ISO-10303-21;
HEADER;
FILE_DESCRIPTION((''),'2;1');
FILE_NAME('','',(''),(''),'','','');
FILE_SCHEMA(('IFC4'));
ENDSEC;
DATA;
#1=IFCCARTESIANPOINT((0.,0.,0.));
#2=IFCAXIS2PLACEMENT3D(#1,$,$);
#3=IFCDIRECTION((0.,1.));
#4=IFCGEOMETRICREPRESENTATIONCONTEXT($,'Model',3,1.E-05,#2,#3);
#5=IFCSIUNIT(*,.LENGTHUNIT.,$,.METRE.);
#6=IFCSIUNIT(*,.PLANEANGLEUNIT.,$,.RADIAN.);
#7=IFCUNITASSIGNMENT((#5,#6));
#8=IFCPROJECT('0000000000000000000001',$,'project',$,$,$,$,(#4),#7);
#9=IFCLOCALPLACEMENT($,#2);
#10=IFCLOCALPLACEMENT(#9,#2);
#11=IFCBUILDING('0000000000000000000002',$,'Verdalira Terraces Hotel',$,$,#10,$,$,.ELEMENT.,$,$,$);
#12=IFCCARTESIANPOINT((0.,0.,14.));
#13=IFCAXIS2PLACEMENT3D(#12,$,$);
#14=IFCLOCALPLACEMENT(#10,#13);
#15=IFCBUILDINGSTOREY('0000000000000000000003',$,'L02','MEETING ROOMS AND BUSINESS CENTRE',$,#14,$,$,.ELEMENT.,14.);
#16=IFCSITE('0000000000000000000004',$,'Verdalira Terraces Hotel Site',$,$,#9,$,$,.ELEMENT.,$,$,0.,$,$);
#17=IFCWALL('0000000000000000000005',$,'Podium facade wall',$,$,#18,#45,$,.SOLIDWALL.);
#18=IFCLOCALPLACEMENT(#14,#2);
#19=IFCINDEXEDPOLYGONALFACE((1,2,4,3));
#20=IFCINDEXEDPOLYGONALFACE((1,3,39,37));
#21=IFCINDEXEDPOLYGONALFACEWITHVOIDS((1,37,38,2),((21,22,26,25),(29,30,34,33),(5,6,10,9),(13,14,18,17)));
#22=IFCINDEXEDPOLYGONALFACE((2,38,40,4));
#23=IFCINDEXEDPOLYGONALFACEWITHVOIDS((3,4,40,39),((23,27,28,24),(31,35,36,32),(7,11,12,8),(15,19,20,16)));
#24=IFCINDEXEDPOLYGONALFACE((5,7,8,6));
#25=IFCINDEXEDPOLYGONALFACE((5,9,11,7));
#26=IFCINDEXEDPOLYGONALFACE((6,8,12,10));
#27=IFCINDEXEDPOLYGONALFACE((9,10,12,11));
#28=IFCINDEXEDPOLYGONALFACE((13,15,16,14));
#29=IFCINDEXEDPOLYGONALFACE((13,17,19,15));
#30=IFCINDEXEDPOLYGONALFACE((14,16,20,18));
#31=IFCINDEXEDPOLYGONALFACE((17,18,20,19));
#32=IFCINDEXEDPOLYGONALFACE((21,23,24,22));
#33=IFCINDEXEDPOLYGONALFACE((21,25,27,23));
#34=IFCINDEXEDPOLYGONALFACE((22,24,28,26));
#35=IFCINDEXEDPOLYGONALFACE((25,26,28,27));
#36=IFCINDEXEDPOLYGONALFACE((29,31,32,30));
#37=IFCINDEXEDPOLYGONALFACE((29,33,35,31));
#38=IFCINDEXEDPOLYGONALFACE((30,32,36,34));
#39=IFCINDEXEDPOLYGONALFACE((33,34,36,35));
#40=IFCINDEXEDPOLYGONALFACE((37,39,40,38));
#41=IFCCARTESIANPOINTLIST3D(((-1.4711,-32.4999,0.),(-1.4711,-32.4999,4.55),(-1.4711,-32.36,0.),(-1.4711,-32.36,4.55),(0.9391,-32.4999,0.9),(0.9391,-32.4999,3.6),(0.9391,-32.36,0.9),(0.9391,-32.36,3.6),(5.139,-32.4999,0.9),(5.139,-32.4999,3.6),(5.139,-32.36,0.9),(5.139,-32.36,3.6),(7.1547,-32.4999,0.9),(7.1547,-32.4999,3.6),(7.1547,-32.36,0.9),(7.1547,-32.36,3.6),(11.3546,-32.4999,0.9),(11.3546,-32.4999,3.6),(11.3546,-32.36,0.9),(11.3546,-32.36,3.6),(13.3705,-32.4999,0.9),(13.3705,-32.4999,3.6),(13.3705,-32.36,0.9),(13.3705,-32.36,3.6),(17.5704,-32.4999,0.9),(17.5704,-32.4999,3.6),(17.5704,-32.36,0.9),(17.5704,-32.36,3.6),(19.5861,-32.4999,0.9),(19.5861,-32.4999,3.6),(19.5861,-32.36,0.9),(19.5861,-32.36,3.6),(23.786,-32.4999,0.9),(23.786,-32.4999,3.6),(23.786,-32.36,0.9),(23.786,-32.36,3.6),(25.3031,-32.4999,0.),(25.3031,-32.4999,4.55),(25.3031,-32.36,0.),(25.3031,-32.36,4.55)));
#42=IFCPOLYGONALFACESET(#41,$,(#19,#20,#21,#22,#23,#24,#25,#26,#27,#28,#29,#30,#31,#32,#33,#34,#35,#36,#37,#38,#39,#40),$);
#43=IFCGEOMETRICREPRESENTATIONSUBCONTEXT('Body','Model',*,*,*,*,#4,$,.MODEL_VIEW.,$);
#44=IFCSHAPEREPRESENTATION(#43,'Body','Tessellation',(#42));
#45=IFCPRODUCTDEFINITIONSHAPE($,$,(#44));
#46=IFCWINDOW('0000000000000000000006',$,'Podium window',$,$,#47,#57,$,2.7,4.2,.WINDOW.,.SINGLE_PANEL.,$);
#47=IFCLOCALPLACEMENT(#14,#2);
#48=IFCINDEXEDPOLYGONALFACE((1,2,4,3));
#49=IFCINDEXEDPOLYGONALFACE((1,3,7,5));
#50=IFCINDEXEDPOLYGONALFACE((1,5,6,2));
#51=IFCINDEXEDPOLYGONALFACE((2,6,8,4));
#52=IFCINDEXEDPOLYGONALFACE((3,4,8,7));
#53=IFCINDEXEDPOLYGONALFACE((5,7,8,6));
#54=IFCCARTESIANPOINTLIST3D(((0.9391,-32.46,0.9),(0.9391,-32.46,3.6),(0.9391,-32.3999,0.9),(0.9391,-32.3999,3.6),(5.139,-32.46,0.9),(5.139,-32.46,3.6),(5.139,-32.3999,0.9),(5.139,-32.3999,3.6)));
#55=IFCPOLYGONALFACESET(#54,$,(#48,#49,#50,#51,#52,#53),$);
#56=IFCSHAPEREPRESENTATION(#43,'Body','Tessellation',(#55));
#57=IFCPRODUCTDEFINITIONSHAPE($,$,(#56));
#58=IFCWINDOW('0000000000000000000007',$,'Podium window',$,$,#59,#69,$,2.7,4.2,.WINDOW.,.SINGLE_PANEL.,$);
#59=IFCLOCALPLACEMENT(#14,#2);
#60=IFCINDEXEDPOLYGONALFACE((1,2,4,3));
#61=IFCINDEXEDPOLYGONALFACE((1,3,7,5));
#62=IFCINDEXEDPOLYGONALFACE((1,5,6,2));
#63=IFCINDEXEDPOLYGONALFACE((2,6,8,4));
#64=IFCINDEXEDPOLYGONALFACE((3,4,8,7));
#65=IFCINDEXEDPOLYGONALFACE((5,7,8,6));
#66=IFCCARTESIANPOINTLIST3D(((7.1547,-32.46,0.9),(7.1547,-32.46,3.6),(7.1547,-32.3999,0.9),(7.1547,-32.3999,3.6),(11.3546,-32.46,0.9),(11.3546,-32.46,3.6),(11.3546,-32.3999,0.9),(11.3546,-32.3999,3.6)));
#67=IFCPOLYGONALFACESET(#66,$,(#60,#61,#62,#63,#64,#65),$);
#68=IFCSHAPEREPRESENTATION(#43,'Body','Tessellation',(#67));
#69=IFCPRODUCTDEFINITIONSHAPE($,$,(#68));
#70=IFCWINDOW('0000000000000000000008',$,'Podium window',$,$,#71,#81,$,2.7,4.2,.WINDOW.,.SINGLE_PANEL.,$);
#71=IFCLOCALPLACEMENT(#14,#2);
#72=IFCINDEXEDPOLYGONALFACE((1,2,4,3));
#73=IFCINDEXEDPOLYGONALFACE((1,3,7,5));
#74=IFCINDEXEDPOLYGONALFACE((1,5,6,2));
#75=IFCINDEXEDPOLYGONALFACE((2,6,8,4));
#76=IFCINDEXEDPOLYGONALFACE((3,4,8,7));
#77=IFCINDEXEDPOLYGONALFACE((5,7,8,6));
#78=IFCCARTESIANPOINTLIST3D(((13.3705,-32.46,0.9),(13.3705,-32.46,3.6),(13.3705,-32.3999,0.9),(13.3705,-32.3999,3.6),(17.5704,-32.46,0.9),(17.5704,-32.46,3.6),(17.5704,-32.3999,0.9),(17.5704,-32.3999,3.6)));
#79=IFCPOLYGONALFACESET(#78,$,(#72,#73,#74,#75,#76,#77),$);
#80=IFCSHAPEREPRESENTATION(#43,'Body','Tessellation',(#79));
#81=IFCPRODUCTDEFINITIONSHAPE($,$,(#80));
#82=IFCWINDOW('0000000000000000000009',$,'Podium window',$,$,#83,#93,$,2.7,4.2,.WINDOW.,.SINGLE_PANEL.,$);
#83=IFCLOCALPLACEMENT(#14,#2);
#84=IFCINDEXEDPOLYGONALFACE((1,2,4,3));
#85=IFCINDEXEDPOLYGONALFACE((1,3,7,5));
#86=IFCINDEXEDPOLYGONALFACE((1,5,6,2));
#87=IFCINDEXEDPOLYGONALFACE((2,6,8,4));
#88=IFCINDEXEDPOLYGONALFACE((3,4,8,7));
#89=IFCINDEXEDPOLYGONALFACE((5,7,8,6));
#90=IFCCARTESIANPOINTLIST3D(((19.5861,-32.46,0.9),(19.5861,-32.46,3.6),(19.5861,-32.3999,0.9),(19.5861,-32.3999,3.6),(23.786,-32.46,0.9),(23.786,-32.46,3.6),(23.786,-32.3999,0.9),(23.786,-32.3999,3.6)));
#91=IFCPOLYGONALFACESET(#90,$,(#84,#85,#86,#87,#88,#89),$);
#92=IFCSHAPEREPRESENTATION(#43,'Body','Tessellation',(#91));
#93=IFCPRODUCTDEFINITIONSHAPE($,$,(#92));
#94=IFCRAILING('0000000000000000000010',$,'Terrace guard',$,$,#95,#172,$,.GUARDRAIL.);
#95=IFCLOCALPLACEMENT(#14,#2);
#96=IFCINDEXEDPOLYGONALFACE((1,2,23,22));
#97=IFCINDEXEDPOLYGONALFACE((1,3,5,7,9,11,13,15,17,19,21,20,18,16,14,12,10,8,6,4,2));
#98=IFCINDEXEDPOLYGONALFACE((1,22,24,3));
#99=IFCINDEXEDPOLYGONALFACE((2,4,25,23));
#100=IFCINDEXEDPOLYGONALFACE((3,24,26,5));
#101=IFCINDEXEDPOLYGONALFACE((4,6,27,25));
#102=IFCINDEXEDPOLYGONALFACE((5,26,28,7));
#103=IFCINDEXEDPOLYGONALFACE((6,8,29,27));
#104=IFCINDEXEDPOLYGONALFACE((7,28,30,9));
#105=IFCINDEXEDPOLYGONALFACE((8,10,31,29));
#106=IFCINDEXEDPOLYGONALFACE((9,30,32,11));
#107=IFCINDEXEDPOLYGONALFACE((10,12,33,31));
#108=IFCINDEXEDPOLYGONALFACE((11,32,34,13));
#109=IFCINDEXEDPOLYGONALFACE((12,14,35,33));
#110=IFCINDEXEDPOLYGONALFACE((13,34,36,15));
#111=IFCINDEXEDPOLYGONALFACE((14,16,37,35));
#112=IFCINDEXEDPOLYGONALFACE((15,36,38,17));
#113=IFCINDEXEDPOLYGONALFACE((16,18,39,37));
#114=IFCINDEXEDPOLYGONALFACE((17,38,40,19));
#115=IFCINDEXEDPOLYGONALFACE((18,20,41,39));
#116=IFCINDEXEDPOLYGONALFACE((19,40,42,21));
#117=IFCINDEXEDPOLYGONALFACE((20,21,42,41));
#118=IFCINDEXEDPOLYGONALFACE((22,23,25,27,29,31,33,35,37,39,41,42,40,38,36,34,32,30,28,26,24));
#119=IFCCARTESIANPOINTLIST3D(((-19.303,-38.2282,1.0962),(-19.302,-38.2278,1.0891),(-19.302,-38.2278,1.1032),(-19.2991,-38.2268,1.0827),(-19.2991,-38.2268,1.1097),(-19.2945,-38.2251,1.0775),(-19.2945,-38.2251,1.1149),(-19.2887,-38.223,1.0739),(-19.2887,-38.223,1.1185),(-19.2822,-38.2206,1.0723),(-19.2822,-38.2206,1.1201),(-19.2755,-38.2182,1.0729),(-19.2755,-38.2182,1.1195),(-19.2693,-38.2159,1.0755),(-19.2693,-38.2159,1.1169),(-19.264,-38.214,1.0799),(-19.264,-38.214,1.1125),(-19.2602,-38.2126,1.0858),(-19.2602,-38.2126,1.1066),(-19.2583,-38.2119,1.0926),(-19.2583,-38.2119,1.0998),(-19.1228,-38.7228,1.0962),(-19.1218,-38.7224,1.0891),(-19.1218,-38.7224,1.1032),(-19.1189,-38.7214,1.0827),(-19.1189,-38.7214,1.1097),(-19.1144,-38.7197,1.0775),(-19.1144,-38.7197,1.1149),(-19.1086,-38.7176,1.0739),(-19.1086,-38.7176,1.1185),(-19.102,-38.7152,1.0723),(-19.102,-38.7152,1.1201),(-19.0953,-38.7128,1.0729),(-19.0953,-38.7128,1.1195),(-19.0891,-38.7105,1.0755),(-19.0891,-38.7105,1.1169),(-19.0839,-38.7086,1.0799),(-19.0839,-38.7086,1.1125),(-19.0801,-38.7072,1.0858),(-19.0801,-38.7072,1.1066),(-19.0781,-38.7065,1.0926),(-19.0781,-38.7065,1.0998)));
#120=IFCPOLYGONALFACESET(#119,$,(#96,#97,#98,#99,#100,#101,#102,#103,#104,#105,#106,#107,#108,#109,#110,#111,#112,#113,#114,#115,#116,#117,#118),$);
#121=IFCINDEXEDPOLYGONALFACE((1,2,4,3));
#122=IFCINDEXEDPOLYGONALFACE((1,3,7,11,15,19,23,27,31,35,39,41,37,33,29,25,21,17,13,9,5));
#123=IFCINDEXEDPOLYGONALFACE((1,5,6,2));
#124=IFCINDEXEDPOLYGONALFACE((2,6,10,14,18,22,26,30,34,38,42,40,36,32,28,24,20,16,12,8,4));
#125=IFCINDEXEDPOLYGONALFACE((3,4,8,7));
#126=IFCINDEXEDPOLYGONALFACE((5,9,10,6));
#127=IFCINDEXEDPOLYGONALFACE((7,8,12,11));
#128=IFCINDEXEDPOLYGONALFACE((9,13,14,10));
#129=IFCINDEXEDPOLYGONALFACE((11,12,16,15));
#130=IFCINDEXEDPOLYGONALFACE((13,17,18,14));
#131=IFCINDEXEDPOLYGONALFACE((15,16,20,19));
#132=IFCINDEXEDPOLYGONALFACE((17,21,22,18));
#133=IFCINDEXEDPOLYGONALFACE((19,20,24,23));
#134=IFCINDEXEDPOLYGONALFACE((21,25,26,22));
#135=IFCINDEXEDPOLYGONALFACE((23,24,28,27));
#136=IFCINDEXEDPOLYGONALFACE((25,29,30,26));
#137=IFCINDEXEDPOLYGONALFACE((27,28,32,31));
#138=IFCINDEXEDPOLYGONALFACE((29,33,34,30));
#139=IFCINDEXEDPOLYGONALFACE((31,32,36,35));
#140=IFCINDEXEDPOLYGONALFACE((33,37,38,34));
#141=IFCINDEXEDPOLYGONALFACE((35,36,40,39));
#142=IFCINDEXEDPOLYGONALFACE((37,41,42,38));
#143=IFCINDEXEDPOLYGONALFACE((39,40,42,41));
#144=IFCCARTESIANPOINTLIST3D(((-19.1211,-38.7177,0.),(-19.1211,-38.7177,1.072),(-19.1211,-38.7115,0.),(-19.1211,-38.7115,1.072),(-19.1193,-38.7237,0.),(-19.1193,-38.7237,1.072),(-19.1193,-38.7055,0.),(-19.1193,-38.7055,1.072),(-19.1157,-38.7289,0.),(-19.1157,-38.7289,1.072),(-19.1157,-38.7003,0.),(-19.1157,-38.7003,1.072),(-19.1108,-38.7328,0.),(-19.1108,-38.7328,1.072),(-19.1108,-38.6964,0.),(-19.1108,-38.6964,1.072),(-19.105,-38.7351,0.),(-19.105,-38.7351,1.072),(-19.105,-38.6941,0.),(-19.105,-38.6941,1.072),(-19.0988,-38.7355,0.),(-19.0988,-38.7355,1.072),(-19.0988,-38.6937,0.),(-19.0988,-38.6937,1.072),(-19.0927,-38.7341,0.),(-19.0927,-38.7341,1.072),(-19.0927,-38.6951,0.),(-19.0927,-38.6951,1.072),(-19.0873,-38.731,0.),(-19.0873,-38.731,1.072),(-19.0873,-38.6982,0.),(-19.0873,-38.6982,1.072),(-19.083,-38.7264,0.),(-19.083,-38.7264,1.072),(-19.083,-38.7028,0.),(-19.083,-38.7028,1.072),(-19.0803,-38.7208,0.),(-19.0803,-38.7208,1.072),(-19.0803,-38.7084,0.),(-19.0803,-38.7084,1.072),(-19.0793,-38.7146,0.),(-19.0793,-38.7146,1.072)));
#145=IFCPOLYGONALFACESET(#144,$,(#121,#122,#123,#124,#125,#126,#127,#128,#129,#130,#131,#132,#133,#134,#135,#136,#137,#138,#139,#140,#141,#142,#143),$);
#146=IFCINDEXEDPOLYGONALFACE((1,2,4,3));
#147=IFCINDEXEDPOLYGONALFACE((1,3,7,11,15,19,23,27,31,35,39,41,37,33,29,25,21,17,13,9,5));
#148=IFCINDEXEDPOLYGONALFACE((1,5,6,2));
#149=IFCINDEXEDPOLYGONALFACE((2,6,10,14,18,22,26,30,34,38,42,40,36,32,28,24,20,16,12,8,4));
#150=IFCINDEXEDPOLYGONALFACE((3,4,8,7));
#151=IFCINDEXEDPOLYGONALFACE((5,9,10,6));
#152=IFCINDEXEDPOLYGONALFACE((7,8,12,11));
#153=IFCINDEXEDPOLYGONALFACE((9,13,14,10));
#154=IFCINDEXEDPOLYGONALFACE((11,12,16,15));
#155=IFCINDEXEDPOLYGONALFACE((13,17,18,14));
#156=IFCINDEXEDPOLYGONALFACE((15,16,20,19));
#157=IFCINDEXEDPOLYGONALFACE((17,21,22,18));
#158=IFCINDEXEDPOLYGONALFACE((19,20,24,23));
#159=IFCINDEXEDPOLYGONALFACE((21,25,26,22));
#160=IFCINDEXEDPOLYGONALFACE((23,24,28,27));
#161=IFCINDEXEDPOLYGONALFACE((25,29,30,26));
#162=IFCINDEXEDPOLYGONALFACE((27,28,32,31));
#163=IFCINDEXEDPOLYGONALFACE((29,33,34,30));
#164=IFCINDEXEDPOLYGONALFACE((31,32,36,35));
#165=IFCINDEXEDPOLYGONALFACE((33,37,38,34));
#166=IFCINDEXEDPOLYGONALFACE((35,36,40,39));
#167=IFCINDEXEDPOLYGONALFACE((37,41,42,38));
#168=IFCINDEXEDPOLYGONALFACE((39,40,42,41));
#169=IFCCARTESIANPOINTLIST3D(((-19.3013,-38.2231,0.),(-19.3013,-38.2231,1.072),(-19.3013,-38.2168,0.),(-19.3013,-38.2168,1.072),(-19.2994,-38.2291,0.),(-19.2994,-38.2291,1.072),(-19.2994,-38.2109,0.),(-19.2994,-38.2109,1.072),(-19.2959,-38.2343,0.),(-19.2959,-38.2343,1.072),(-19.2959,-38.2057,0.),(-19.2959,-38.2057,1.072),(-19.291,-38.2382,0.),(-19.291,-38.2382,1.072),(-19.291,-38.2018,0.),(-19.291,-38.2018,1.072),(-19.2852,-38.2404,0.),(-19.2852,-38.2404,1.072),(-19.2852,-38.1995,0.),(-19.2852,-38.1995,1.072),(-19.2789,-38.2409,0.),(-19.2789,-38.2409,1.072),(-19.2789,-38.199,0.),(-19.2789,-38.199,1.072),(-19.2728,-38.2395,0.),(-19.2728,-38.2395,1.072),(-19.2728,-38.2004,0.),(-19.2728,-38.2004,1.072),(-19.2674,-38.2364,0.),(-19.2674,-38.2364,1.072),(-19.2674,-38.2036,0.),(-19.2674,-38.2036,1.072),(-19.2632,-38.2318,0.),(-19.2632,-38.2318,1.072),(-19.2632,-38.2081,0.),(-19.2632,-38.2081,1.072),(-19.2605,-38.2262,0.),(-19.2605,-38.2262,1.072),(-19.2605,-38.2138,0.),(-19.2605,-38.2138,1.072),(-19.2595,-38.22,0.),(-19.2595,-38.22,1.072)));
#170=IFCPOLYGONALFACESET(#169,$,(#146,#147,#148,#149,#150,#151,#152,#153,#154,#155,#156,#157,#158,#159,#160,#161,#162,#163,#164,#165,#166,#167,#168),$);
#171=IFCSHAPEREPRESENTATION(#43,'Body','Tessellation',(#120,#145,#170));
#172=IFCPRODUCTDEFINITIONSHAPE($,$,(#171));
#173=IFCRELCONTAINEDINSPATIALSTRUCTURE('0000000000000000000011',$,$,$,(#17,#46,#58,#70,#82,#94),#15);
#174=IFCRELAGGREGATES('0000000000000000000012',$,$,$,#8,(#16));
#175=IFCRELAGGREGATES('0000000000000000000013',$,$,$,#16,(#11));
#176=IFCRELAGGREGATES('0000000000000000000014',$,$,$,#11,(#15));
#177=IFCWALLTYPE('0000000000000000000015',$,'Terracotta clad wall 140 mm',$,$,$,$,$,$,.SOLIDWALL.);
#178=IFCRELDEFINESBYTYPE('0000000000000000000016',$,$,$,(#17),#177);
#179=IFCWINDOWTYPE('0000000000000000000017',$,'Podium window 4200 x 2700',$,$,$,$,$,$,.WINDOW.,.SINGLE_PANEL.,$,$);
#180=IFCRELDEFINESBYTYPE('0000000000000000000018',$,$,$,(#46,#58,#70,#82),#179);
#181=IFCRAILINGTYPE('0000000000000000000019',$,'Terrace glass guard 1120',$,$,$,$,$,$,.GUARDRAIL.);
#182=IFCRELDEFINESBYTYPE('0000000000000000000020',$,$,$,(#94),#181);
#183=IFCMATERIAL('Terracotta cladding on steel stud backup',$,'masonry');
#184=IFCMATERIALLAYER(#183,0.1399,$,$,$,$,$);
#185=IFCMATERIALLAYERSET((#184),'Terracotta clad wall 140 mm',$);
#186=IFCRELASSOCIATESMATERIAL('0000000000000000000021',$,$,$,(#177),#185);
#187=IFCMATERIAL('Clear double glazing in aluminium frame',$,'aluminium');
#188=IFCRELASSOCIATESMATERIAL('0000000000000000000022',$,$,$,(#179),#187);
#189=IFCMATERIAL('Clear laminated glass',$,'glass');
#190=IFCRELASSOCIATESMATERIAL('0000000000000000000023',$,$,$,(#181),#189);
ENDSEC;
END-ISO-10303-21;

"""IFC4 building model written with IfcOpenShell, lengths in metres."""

from ifc_helpers import new_model, si_unit, direction, frame, frame_2d, origin, origin_2d, place, context, subcontext, project, spatial, rectangle, circle, extrude, material, layer, layer_set, type_object, element, fill, save


model = new_model("IFC4")

# Units and contexts
model_context = context("Model", 3, precision=1e-05, world=origin(), true_north=direction((0.0, 1.0)))
body_context = subcontext(model_context, "Body", "Model", "MODEL_VIEW")
ifc_project = project(units=[si_unit("LENGTHUNIT", "METRE"), si_unit("PLANEANGLEUNIT", "RADIAN")], contexts=[model_context])

# Site, building, storey
site_placement = place(None, origin())
site = spatial("IfcSite", under=ifc_project, at=site_placement, Name="Verdalira Terraces Hotel Site", CompositionType="ELEMENT", RefElevation=0.0)
building_placement = place(site_placement, origin())
building = spatial("IfcBuilding", under=site, at=building_placement, Name="Verdalira Terraces Hotel", CompositionType="ELEMENT")
storey_placement = place(building_placement, frame((0.0, 0.0, 14.0)))
storey = spatial("IfcBuildingStorey", under=building, at=storey_placement, Name="L02", Description="MEETING ROOMS AND BUSINESS CENTRE", CompositionType="ELEMENT", Elevation=14.0)

# Shared definitions
ifc_material_1 = material(Name="Terracotta cladding on steel stud backup", Category="masonry")
ifc_layer = layer(ifc_material_1, 0.1399)
ifc_layer_set = layer_set([ifc_layer], Name="Terracotta clad wall 140 mm")
wall_type = type_object("IfcWallType", Name="Terracotta clad wall 140 mm", PredefinedType="SOLIDWALL", material=ifc_layer_set)

# Wall, openings, windows
wall_1_placement = place(storey_placement, frame((-1.4712, -32.4299, 0.0), z_axis=(0.0, 0.0, 1.0), x_axis=(1.0, 0.0, 0.0)))
wall_1 = element("IfcWall", 1, at=wall_1_placement, inside=storey, type_object=wall_type, Name="Podium facade wall", PredefinedType="SOLIDWALL", context=body_context, shape_type="SweptSolid", body=[
    extrude(rectangle(XDim=26.7742, YDim=0.1399, at=frame_2d((13.3872, 0.0))), origin(), (0.0, 0.0, 1.0), 4.55),
])
opening_1_placement = place(wall_1_placement, frame((2.4102, 0.0, 0.8999)))
opening_1 = element("IfcOpeningElement", 2, at=opening_1_placement, cuts=wall_1, PredefinedType="OPENING", context=body_context, shape_type="SweptSolid", body=[
    extrude(rectangle(XDim=4.2, YDim=2.7, at=frame_2d((2.1001, 1.3501))), frame((0.0, 0.0798, 0.0), z_axis=(0.0, -1.0, 0.0), x_axis=(1.0, 0.0, 0.0)), (0.0, 0.0, 1.0), 0.1599),
])
opening_2_placement = place(wall_1_placement, frame((8.6257, 0.0, 0.8999)))
opening_2 = element("IfcOpeningElement", 3, at=opening_2_placement, cuts=wall_1, PredefinedType="OPENING", context=body_context, shape_type="SweptSolid", body=[
    extrude(rectangle(XDim=4.2, YDim=2.7, at=frame_2d((2.1001, 1.3501))), frame((0.0, 0.0798, 0.0), z_axis=(0.0, -1.0, 0.0), x_axis=(1.0, 0.0, 0.0)), (0.0, 0.0, 1.0), 0.1599),
])
opening_3_placement = place(wall_1_placement, frame((14.8416, 0.0, 0.8999)))
opening_3 = element("IfcOpeningElement", 4, at=opening_3_placement, cuts=wall_1, PredefinedType="OPENING", context=body_context, shape_type="SweptSolid", body=[
    extrude(rectangle(XDim=4.2, YDim=2.7, at=frame_2d((2.1001, 1.3501))), frame((0.0, 0.0798, 0.0), z_axis=(0.0, -1.0, 0.0), x_axis=(1.0, 0.0, 0.0)), (0.0, 0.0, 1.0), 0.1599),
])
opening_4_placement = place(wall_1_placement, frame((21.0571, 0.0, 0.8999)))
opening_4 = element("IfcOpeningElement", 5, at=opening_4_placement, cuts=wall_1, PredefinedType="OPENING", context=body_context, shape_type="SweptSolid", body=[
    extrude(rectangle(XDim=4.2, YDim=2.7, at=frame_2d((2.1001, 1.3501))), frame((0.0, 0.0798, 0.0), z_axis=(0.0, -1.0, 0.0), x_axis=(1.0, 0.0, 0.0)), (0.0, 0.0, 1.0), 0.1599),
])
ifc_material_2 = material(Name="Clear double glazing in aluminium frame", Category="aluminium")
window_type_1 = type_object("IfcWindowType", Name="Podium window 4200 x 2700", PartitioningType="SINGLE_PANEL", PredefinedType="WINDOW", material=ifc_material_2)
window_1_placement = place(opening_1_placement, origin())
window_1 = element("IfcWindow", 6, at=window_1_placement, inside=storey, type_object=window_type_1, Name="Podium window", OverallHeight=2.7, OverallWidth=4.2, PartitioningType="SINGLE_PANEL", PredefinedType="WINDOW", context=body_context, shape_type="SweptSolid", body=[
    extrude(rectangle(XDim=4.2, YDim=2.7, at=frame_2d((2.1001, 1.3501))), frame((0.0, 0.03, 0.0), z_axis=(0.0, -1.0, 0.0), x_axis=(1.0, 0.0, 0.0)), (0.0, 0.0, 1.0), 0.0601),
])
fill(opening_1, window_1)
window_2_placement = place(opening_2_placement, origin())
window_2 = element("IfcWindow", 7, at=window_2_placement, inside=storey, type_object=window_type_1, Name="Podium window", OverallHeight=2.7, OverallWidth=4.2, PartitioningType="SINGLE_PANEL", PredefinedType="WINDOW", context=body_context, shape_type="SweptSolid", body=[
    extrude(rectangle(XDim=4.2, YDim=2.7, at=frame_2d((2.1001, 1.3501))), frame((0.0, 0.03, 0.0), z_axis=(0.0, -1.0, 0.0), x_axis=(1.0, 0.0, 0.0)), (0.0, 0.0, 1.0), 0.0601),
])
fill(opening_2, window_2)
window_3_placement = place(opening_3_placement, origin())
window_3 = element("IfcWindow", 8, at=window_3_placement, inside=storey, type_object=window_type_1, Name="Podium window", OverallHeight=2.7, OverallWidth=4.2, PartitioningType="SINGLE_PANEL", PredefinedType="WINDOW", context=body_context, shape_type="SweptSolid", body=[
    extrude(rectangle(XDim=4.2, YDim=2.7, at=frame_2d((2.1001, 1.3501))), frame((0.0, 0.03, 0.0), z_axis=(0.0, -1.0, 0.0), x_axis=(1.0, 0.0, 0.0)), (0.0, 0.0, 1.0), 0.0601),
])
fill(opening_3, window_3)
window_4_placement = place(opening_4_placement, origin())
window_4 = element("IfcWindow", 9, at=window_4_placement, inside=storey, type_object=window_type_1, Name="Podium window", OverallHeight=2.7, OverallWidth=4.2, PartitioningType="SINGLE_PANEL", PredefinedType="WINDOW", context=body_context, shape_type="SweptSolid", body=[
    extrude(rectangle(XDim=4.2, YDim=2.7, at=frame_2d((2.1001, 1.3501))), frame((0.0, 0.03, 0.0), z_axis=(0.0, -1.0, 0.0), x_axis=(1.0, 0.0, 0.0)), (0.0, 0.0, 1.0), 0.0601),
])
fill(opening_4, window_4)

# Railing
ifc_material_3 = material(Name="Clear laminated glass", Category="glass")
railing_type = type_object("IfcRailingType", Name="Terrace glass guard 1120", PredefinedType="GUARDRAIL", material=ifc_material_3)
railing_1_placement = place(storey_placement, frame((-19.1003, -38.7146, 0.0)))
element("IfcRailing", 10, at=railing_1_placement, inside=storey, type_object=railing_type, Name="Terrace guard", PredefinedType="GUARDRAIL", context=body_context, shape_type="SweptSolid", body=[
    extrude(circle(Radius=0.0239, at=origin_2d()), frame((0.0, 0.0, 1.0962), z_axis=(-0.342264, 0.939604, 0.0), x_axis=(-0.939604, -0.342264, 0.0)), (0.0, 0.0, 1.0), 0.5264),
    extrude(circle(Radius=0.021, at=origin_2d()), origin(), (0.0, 0.0, 1.0), 1.072),
    extrude(circle(Radius=0.021, at=origin_2d()), frame((-0.1802, 0.4946, 0.0)), (0.0, 0.0, 1.0), 1.072),
])

save(model, "model.ifc")
